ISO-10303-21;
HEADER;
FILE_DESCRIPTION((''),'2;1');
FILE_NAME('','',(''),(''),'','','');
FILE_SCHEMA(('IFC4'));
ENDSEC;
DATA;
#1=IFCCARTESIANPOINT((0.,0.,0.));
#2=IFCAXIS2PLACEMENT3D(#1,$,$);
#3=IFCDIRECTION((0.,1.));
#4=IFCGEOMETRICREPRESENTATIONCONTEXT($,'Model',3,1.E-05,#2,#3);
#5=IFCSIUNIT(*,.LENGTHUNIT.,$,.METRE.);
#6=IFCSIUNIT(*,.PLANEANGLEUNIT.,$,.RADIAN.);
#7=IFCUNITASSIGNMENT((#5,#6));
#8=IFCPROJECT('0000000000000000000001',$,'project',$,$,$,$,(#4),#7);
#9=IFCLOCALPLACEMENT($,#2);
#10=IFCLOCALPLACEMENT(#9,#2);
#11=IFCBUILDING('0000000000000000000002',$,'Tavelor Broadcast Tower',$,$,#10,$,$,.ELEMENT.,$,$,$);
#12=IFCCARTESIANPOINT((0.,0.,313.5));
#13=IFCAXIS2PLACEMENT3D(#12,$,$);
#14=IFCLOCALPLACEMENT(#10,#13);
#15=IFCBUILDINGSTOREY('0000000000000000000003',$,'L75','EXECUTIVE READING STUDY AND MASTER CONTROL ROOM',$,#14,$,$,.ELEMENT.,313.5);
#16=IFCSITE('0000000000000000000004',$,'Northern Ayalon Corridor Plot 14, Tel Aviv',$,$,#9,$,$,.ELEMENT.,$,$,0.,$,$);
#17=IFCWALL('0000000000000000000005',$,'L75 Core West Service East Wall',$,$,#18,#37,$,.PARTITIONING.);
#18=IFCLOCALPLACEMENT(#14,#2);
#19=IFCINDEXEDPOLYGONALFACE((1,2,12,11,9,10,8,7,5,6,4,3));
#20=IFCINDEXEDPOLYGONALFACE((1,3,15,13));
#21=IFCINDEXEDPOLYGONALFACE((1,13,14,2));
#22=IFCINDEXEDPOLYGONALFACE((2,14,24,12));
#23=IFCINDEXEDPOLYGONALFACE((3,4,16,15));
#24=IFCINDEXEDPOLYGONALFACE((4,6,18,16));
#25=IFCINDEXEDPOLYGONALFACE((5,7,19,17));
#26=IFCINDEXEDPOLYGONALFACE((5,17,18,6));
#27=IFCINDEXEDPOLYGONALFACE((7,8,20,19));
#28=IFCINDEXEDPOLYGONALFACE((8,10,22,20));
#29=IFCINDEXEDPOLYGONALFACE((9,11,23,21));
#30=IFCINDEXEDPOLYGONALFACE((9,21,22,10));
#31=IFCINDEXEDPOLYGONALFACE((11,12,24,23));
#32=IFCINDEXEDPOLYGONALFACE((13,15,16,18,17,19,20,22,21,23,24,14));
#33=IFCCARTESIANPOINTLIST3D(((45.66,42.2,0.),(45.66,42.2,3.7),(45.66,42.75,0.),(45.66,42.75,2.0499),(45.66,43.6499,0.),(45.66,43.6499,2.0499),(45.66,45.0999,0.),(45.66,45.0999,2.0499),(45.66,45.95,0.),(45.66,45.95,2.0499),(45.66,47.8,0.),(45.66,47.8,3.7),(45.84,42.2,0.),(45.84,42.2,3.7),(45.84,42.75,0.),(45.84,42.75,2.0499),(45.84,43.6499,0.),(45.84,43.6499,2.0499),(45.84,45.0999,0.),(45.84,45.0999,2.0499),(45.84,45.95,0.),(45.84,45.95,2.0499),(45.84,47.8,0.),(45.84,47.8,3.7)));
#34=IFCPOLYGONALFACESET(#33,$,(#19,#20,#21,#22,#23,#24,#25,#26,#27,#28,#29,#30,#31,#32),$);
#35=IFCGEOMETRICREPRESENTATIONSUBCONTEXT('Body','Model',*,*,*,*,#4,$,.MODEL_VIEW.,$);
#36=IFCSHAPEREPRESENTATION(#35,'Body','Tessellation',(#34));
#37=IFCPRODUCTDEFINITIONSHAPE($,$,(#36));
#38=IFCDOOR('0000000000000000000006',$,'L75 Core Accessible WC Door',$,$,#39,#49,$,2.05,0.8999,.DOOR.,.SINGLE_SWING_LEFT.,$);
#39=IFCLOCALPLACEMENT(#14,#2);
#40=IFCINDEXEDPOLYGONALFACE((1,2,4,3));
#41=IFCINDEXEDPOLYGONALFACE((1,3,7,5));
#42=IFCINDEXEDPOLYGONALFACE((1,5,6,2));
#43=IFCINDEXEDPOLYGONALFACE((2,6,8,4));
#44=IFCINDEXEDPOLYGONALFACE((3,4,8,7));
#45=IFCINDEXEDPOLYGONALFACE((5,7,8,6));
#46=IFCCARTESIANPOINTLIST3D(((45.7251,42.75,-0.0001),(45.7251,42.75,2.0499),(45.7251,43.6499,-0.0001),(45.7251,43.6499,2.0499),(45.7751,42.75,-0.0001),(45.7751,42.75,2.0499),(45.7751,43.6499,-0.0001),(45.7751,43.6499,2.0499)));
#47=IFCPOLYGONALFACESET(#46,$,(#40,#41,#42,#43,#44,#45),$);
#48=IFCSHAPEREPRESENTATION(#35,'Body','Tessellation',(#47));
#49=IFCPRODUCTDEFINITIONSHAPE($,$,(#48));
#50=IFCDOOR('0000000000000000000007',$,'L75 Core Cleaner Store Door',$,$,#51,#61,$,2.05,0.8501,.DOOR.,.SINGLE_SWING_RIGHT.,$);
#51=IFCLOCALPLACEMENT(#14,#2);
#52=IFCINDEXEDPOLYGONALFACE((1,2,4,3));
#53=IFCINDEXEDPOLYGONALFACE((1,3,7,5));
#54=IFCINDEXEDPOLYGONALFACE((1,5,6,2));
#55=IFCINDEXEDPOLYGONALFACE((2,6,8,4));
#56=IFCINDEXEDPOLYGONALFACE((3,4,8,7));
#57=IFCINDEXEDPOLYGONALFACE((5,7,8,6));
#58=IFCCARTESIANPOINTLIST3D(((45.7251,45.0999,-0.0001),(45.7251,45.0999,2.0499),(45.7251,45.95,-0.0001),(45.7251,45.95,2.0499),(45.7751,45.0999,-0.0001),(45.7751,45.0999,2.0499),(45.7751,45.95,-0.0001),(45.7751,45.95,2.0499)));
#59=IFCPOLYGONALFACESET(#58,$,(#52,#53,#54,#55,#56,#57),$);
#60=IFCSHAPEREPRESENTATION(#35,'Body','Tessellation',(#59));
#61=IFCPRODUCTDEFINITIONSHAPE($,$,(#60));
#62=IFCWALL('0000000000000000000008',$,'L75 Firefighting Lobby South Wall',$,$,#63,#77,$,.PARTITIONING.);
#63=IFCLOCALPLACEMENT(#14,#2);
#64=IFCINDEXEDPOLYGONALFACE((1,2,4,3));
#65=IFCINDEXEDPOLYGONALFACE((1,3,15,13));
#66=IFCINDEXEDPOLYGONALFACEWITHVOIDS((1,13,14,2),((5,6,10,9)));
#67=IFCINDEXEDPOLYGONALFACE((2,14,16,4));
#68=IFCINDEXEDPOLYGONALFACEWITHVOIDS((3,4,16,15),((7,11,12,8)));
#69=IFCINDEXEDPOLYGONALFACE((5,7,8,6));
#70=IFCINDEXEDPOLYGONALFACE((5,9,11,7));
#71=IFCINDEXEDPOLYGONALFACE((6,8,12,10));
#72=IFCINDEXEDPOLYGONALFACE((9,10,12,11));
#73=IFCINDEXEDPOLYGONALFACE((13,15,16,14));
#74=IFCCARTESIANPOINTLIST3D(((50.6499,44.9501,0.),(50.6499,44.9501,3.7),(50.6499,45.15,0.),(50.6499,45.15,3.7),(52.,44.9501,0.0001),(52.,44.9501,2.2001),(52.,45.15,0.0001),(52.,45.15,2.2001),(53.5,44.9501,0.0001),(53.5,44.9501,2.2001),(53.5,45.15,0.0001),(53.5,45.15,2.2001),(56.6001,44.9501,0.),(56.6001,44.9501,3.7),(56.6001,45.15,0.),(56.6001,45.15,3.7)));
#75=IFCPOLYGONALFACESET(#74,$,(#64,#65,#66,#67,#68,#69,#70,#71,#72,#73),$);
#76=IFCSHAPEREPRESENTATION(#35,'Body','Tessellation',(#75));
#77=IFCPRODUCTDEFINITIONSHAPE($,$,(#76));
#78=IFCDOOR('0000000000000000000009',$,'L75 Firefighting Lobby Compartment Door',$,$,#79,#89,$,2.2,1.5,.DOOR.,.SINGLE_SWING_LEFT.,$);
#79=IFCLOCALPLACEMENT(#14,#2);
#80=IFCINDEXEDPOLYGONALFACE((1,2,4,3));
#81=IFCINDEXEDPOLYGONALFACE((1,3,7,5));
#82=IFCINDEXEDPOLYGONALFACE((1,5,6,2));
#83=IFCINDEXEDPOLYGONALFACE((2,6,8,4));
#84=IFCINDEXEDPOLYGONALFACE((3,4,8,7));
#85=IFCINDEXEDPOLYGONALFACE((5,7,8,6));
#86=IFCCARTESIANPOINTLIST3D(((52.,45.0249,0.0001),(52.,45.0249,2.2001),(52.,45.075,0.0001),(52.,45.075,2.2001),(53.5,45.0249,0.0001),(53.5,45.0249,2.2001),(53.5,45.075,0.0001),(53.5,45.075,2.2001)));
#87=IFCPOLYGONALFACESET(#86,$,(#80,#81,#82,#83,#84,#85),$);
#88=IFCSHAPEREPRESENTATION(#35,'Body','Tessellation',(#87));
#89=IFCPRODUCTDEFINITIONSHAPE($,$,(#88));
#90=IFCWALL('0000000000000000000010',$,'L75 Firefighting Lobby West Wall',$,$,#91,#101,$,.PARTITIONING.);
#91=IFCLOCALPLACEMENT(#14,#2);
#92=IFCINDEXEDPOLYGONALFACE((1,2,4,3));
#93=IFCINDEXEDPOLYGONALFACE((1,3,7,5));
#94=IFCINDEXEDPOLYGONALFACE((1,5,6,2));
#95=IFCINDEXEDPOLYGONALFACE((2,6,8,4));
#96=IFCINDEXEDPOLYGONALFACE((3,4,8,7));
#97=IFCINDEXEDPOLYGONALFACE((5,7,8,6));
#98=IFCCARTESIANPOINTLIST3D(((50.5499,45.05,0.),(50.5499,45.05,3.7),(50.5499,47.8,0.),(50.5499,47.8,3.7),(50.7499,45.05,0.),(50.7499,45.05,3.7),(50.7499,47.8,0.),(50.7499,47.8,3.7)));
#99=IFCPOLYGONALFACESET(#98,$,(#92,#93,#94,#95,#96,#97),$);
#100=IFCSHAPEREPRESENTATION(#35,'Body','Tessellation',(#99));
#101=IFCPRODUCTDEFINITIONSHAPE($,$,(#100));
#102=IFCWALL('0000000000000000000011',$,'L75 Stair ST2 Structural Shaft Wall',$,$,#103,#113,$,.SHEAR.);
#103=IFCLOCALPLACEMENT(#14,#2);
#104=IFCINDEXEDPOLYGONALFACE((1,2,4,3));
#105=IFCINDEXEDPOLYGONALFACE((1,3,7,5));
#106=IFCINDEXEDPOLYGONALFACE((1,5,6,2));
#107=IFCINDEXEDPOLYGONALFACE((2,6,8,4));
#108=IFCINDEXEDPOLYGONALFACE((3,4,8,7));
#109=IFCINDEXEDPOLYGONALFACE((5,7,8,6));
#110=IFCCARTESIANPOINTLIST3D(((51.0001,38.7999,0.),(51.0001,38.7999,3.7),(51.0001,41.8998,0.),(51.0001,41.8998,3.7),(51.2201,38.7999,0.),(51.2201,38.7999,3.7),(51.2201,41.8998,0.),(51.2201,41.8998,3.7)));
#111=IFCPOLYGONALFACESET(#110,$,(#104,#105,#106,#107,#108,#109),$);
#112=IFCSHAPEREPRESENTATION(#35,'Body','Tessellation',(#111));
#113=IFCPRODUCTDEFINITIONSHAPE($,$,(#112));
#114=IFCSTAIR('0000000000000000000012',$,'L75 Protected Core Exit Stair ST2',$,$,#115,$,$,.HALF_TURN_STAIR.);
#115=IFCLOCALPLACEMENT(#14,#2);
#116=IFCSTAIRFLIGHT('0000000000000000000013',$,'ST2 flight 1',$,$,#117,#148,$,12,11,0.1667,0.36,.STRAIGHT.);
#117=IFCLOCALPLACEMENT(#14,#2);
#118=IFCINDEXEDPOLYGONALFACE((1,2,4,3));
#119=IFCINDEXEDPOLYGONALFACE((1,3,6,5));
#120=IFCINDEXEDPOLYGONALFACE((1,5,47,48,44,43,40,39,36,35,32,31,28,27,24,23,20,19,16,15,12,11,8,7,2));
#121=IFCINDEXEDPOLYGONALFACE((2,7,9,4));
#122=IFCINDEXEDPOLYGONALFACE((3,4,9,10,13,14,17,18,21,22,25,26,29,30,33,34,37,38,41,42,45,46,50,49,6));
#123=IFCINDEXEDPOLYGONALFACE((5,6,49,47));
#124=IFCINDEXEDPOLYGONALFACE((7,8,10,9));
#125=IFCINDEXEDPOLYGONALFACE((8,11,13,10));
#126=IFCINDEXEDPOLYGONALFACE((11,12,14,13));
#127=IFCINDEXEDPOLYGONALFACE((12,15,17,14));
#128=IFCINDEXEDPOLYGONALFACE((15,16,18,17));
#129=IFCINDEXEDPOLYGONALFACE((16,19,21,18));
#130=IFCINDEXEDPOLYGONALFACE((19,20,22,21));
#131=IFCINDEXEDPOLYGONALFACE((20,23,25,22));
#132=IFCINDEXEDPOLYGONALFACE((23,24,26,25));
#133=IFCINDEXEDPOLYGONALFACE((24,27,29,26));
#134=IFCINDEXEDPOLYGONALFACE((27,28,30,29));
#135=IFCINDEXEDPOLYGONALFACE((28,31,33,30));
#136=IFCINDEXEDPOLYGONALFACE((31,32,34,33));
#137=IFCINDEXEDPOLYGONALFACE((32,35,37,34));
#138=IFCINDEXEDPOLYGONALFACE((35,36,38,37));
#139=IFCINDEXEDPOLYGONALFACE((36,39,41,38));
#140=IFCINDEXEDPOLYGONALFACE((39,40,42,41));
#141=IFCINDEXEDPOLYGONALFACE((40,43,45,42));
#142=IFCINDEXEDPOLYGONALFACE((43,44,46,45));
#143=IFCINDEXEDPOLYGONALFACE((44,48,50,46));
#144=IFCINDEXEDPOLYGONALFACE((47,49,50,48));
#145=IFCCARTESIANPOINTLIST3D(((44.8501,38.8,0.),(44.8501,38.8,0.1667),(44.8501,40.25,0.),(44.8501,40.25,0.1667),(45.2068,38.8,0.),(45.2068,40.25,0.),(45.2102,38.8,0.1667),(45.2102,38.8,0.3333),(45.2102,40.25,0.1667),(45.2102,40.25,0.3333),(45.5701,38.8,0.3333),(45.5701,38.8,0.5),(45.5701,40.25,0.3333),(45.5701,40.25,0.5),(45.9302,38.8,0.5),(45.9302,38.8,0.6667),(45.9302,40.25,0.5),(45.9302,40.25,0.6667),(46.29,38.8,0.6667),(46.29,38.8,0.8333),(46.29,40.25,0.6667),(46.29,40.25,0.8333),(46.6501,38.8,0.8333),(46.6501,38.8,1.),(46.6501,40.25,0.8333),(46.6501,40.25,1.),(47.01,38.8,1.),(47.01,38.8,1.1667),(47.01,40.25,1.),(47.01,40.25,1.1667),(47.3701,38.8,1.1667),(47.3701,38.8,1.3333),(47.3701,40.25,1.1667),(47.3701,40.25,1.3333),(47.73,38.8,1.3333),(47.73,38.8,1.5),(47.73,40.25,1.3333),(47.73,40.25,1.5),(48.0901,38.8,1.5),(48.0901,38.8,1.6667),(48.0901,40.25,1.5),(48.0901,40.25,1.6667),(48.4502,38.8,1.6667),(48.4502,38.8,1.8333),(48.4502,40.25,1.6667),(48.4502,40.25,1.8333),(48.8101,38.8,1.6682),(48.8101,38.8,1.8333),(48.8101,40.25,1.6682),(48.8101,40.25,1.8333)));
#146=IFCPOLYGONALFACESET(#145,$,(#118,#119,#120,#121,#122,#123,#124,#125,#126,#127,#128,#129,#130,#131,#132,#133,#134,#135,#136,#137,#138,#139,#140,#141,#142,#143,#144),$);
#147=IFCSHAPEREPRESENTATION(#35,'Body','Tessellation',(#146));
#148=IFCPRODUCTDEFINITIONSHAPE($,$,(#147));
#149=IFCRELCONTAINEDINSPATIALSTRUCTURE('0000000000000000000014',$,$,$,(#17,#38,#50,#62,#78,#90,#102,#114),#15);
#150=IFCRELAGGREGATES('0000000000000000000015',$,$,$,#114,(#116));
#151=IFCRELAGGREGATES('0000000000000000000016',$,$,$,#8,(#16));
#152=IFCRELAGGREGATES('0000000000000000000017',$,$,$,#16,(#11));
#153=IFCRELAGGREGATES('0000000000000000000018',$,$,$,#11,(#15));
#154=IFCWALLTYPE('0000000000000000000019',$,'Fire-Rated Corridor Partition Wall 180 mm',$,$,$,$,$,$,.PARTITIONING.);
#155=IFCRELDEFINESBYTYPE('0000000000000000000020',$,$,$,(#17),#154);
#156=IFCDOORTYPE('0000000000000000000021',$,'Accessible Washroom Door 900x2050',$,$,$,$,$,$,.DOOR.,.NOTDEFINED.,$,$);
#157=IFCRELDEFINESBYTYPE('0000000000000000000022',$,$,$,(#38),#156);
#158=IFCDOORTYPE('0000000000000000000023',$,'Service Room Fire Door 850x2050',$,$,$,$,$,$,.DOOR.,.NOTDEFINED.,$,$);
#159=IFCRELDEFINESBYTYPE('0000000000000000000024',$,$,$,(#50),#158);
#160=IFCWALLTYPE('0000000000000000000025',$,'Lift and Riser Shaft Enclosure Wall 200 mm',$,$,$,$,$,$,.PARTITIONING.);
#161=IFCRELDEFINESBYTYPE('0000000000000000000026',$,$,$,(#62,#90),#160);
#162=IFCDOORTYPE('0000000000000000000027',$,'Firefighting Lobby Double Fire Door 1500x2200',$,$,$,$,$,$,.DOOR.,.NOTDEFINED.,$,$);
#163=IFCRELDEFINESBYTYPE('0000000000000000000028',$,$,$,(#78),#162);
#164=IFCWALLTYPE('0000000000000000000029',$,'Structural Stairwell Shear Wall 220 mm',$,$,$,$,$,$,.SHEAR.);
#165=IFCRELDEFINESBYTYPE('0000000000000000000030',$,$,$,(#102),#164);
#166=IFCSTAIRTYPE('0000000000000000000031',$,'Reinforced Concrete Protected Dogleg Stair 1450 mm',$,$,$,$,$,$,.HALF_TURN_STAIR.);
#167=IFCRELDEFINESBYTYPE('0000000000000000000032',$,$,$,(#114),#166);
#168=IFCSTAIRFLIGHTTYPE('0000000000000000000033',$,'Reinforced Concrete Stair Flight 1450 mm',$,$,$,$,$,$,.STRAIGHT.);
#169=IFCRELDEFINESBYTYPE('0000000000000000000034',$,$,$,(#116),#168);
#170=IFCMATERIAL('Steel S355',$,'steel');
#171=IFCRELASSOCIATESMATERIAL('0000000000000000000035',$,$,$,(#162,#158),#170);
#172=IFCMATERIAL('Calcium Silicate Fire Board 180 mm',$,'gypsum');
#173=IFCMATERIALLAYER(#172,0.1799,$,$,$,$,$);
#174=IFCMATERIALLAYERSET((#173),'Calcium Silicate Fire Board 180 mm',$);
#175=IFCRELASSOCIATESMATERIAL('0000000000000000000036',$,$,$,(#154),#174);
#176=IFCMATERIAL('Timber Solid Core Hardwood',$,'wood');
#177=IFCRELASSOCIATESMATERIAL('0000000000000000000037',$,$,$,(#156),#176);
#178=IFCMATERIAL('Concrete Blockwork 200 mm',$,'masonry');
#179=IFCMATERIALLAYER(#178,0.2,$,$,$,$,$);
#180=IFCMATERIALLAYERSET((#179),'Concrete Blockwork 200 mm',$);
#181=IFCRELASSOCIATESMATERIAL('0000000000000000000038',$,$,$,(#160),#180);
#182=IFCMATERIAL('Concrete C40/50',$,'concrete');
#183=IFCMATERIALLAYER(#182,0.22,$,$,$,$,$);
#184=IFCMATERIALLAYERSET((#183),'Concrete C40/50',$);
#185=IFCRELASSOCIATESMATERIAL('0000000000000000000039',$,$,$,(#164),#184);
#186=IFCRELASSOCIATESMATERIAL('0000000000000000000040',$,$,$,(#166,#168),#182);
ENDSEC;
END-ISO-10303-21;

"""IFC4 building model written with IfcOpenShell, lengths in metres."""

from ifc_helpers import new_model, si_unit, direction, frame, frame_2d, origin, place, context, subcontext, project, spatial, polyline, rectangle, outline, extrude, material, layer, layer_set, type_object, element, fill, aggregate, save


model = new_model("IFC4")

# Units and contexts
model_context = context("Model", 3, precision=1e-05, world=origin(), true_north=direction((0.0, 1.0)))
body_context = subcontext(model_context, "Body", "Model", "MODEL_VIEW")
ifc_project = project(units=[si_unit("LENGTHUNIT", "METRE"), si_unit("PLANEANGLEUNIT", "RADIAN")], contexts=[model_context])

# Site, building, storey
site_placement = place(None, origin())
site = spatial("IfcSite", under=ifc_project, at=site_placement, Name="Northern Ayalon Corridor Plot 14, Tel Aviv", CompositionType="ELEMENT", RefElevation=0.0)
building_placement = place(site_placement, origin())
building = spatial("IfcBuilding", under=site, at=building_placement, Name="Tavelor Broadcast Tower", CompositionType="ELEMENT")
storey_placement = place(building_placement, frame((0.0, 0.0, 313.5)))
storey = spatial("IfcBuildingStorey", under=building, at=storey_placement, Name="L75", Description="EXECUTIVE READING STUDY AND MASTER CONTROL ROOM", CompositionType="ELEMENT", Elevation=313.5)

# Shared definitions
ifc_material_1 = material(Name="Concrete C40/50", Category="concrete")
ifc_material_2 = material(Name="Steel S355", Category="steel")

# Shared definitions
door_type_1 = type_object("IfcDoorType", Name="Firefighting Lobby Double Fire Door 1500x2200", OperationType="NOTDEFINED", PredefinedType="DOOR", material=ifc_material_2)

# Wall, openings, doors
ifc_material_3 = material(Name="Calcium Silicate Fire Board 180 mm", Category="gypsum")
ifc_layer_1 = layer(ifc_material_3, 0.1799)
ifc_layer_set_1 = layer_set([ifc_layer_1], Name="Calcium Silicate Fire Board 180 mm")
wall_type_1 = type_object("IfcWallType", Name="Fire-Rated Corridor Partition Wall 180 mm", PredefinedType="PARTITIONING", material=ifc_layer_set_1)
wall_1_placement = place(storey_placement, frame((45.75, 42.2, 0.0), z_axis=(0.0, 0.0, 1.0), x_axis=(0.0, 1.0, 0.0)))
wall_1 = element("IfcWall", 1, at=wall_1_placement, inside=storey, type_object=wall_type_1, Name="L75 Core West Service East Wall", PredefinedType="PARTITIONING", context=body_context, shape_type="SweptSolid", body=[
    extrude(rectangle(XDim=5.6001, YDim=0.1799, at=frame_2d((2.8, 0.0))), origin(), (0.0, 0.0, 1.0), 3.7),
])
opening_1_placement = place(wall_1_placement, frame((0.55, 0.0, 0.0)))
opening_1 = element("IfcOpeningElement", 2, at=opening_1_placement, cuts=wall_1, PredefinedType="OPENING", context=body_context, shape_type="SweptSolid", body=[
    extrude(rectangle(XDim=0.8999, YDim=2.05, at=frame_2d((0.45, 1.0249))), frame((0.0, 0.1001, 0.0), z_axis=(0.0, -1.0, 0.0), x_axis=(1.0, 0.0, 0.0)), (0.0, 0.0, 1.0), 0.2),
])
opening_2_placement = place(wall_1_placement, frame((2.8999, 0.0, 0.0)))
opening_2 = element("IfcOpeningElement", 3, at=opening_2_placement, cuts=wall_1, PredefinedType="OPENING", context=body_context, shape_type="SweptSolid", body=[
    extrude(rectangle(XDim=0.8501, YDim=2.05, at=frame_2d((0.425, 1.0249))), frame((0.0, 0.1001, 0.0), z_axis=(0.0, -1.0, 0.0), x_axis=(1.0, 0.0, 0.0)), (0.0, 0.0, 1.0), 0.2),
])
ifc_material_4 = material(Name="Timber Solid Core Hardwood", Category="wood")
door_type_2 = type_object("IfcDoorType", Name="Accessible Washroom Door 900x2050", OperationType="NOTDEFINED", PredefinedType="DOOR", material=ifc_material_4)
door_1_placement = place(opening_1_placement, origin())
door_1 = element("IfcDoor", 4, at=door_1_placement, inside=storey, type_object=door_type_2, Name="L75 Core Accessible WC Door", OperationType="SINGLE_SWING_LEFT", OverallHeight=2.05, OverallWidth=0.8999, PredefinedType="DOOR", context=body_context, shape_type="SweptSolid", body=[
    extrude(rectangle(XDim=0.8999, YDim=2.05, at=frame_2d((0.45, 1.0249))), frame((0.0, 0.0249, 0.0), z_axis=(0.0, -1.0, 0.0), x_axis=(1.0, 0.0, 0.0)), (0.0, 0.0, 1.0), 0.05),
])
fill(opening_1, door_1)
door_type_3 = type_object("IfcDoorType", Name="Service Room Fire Door 850x2050", OperationType="NOTDEFINED", PredefinedType="DOOR", material=ifc_material_2)
door_2_placement = place(opening_2_placement, origin())
door_2 = element("IfcDoor", 5, at=door_2_placement, inside=storey, type_object=door_type_3, Name="L75 Core Cleaner Store Door", OperationType="SINGLE_SWING_RIGHT", OverallHeight=2.05, OverallWidth=0.8501, PredefinedType="DOOR", context=body_context, shape_type="SweptSolid", body=[
    extrude(rectangle(XDim=0.8501, YDim=2.05, at=frame_2d((0.425, 1.0249))), frame((0.0, 0.0249, 0.0), z_axis=(0.0, -1.0, 0.0), x_axis=(1.0, 0.0, 0.0)), (0.0, 0.0, 1.0), 0.05),
])
fill(opening_2, door_2)

# Wall, opening, door
ifc_material_5 = material(Name="Concrete Blockwork 200 mm", Category="masonry")
ifc_layer_2 = layer(ifc_material_5, 0.2)
ifc_layer_set_2 = layer_set([ifc_layer_2], Name="Concrete Blockwork 200 mm")
wall_type_2 = type_object("IfcWallType", Name="Lift and Riser Shaft Enclosure Wall 200 mm", PredefinedType="PARTITIONING", material=ifc_layer_set_2)
wall_2_placement = place(storey_placement, frame((50.6499, 45.05, 0.0), z_axis=(0.0, 0.0, 1.0), x_axis=(1.0, 0.0, 0.0)))
wall_2 = element("IfcWall", 6, at=wall_2_placement, inside=storey, type_object=wall_type_2, Name="L75 Firefighting Lobby South Wall", PredefinedType="PARTITIONING", context=body_context, shape_type="SweptSolid", body=[
    extrude(rectangle(XDim=5.9502, YDim=0.2, at=frame_2d((2.9751, 0.0))), origin(), (0.0, 0.0, 1.0), 3.7),
])
opening_3_placement = place(wall_2_placement, frame((1.3501, 0.0, 0.0)))
opening_3 = element("IfcOpeningElement", 7, at=opening_3_placement, cuts=wall_2, PredefinedType="OPENING", context=body_context, shape_type="SweptSolid", body=[
    extrude(rectangle(XDim=1.5, YDim=2.2, at=frame_2d((0.75, 1.1001))), frame((0.0, 0.1099, 0.0), z_axis=(0.0, -1.0, 0.0), x_axis=(1.0, 0.0, 0.0)), (0.0, 0.0, 1.0), 0.22),
])
door_3_placement = place(opening_3_placement, origin())
door_3 = element("IfcDoor", 8, at=door_3_placement, inside=storey, type_object=door_type_1, Name="L75 Firefighting Lobby Compartment Door", OperationType="SINGLE_SWING_LEFT", OverallHeight=2.2, OverallWidth=1.5, PredefinedType="DOOR", context=body_context, shape_type="SweptSolid", body=[
    extrude(rectangle(XDim=1.5, YDim=2.2, at=frame_2d((0.75, 1.1001))), frame((0.0, 0.0249, 0.0), z_axis=(0.0, -1.0, 0.0), x_axis=(1.0, 0.0, 0.0)), (0.0, 0.0, 1.0), 0.05),
])
fill(opening_3, door_3)

# Walls
wall_3_placement = place(storey_placement, frame((50.6499, 45.05, 0.0), z_axis=(0.0, 0.0, 1.0), x_axis=(0.0, 1.0, 0.0)))
element("IfcWall", 9, at=wall_3_placement, inside=storey, type_object=wall_type_2, Name="L75 Firefighting Lobby West Wall", PredefinedType="PARTITIONING", context=body_context, shape_type="SweptSolid", body=[
    extrude(rectangle(XDim=2.75, YDim=0.2, at=frame_2d((1.375, 0.0))), origin(), (0.0, 0.0, 1.0), 3.7),
])
ifc_layer_3 = layer(ifc_material_1, 0.22)
ifc_layer_set_3 = layer_set([ifc_layer_3], Name="Concrete C40/50")
wall_type_3 = type_object("IfcWallType", Name="Structural Stairwell Shear Wall 220 mm", PredefinedType="SHEAR", material=ifc_layer_set_3)
wall_4_placement = place(storey_placement, frame((51.1101, 38.8, 0.0), z_axis=(0.0, 0.0, 1.0), x_axis=(0.0, 1.0, 0.0)))
element("IfcWall", 10, at=wall_4_placement, inside=storey, type_object=wall_type_3, Name="L75 Stair ST2 Structural Shaft Wall", PredefinedType="SHEAR", context=body_context, shape_type="SweptSolid", body=[
    extrude(rectangle(XDim=3.0999, YDim=0.22, at=frame_2d((1.5498, 0.0))), origin(), (0.0, 0.0, 1.0), 3.7),
])

# Stair, stair flight
stair_type = type_object("IfcStairType", Name="Reinforced Concrete Protected Dogleg Stair 1450 mm", PredefinedType="HALF_TURN_STAIR", material=ifc_material_1)
stair_placement = place(storey_placement, origin())
stair = element("IfcStair", 11, at=stair_placement, inside=storey, type_object=stair_type, Name="L75 Protected Core Exit Stair ST2", PredefinedType="HALF_TURN_STAIR")
stair_flight_type = type_object("IfcStairFlightType", Name="Reinforced Concrete Stair Flight 1450 mm", PredefinedType="STRAIGHT", material=ifc_material_1)
stair_flight_1_placement = place(storey_placement, frame((44.8501, 39.5249, 0.0), z_axis=(0.0, 0.0, 1.0), x_axis=(1.0, 0.0, 0.0)))
stair_flight_1 = element("IfcStairFlight", 12, at=stair_flight_1_placement, type_object=stair_flight_type, Name="ST2 flight 1", NumberOfRisers=12, NumberOfTreads=11, PredefinedType="STRAIGHT", RiserHeight=0.1667, TreadLength=0.36, context=body_context, shape_type="SweptSolid", body=[
    extrude(outline(polyline([(0.0, 0.0), (0.0, 0.1667), (0.3601, 0.1667), (0.3601, 0.3333), (0.72, 0.3333), (0.72, 0.5), (1.0801, 0.5), (1.0801, 0.6667), (1.4399, 0.6667), (1.4399, 0.8333), (1.8, 0.8333), (1.8, 1.0), (2.1599, 1.0), (2.1599, 1.1667), (2.52, 1.1667), (2.52, 1.3333), (2.8799, 1.3333), (2.8799, 1.5), (3.24, 1.5), (3.24, 1.6667), (3.6001, 1.6667), (3.6001, 1.8333), (3.96, 1.8333), (3.96, 2.0), (3.96, 1.6682), (0.3567, 0.0), (0.0, 0.0)])), frame((0.0, 0.7251, 0.0), z_axis=(0.0, -1.0, 0.0), x_axis=(1.0, 0.0, 0.0)), (0.0, 0.0, 1.0), 1.45),
])
aggregate(stair, [stair_flight_1])

save(model, "model.ifc")
